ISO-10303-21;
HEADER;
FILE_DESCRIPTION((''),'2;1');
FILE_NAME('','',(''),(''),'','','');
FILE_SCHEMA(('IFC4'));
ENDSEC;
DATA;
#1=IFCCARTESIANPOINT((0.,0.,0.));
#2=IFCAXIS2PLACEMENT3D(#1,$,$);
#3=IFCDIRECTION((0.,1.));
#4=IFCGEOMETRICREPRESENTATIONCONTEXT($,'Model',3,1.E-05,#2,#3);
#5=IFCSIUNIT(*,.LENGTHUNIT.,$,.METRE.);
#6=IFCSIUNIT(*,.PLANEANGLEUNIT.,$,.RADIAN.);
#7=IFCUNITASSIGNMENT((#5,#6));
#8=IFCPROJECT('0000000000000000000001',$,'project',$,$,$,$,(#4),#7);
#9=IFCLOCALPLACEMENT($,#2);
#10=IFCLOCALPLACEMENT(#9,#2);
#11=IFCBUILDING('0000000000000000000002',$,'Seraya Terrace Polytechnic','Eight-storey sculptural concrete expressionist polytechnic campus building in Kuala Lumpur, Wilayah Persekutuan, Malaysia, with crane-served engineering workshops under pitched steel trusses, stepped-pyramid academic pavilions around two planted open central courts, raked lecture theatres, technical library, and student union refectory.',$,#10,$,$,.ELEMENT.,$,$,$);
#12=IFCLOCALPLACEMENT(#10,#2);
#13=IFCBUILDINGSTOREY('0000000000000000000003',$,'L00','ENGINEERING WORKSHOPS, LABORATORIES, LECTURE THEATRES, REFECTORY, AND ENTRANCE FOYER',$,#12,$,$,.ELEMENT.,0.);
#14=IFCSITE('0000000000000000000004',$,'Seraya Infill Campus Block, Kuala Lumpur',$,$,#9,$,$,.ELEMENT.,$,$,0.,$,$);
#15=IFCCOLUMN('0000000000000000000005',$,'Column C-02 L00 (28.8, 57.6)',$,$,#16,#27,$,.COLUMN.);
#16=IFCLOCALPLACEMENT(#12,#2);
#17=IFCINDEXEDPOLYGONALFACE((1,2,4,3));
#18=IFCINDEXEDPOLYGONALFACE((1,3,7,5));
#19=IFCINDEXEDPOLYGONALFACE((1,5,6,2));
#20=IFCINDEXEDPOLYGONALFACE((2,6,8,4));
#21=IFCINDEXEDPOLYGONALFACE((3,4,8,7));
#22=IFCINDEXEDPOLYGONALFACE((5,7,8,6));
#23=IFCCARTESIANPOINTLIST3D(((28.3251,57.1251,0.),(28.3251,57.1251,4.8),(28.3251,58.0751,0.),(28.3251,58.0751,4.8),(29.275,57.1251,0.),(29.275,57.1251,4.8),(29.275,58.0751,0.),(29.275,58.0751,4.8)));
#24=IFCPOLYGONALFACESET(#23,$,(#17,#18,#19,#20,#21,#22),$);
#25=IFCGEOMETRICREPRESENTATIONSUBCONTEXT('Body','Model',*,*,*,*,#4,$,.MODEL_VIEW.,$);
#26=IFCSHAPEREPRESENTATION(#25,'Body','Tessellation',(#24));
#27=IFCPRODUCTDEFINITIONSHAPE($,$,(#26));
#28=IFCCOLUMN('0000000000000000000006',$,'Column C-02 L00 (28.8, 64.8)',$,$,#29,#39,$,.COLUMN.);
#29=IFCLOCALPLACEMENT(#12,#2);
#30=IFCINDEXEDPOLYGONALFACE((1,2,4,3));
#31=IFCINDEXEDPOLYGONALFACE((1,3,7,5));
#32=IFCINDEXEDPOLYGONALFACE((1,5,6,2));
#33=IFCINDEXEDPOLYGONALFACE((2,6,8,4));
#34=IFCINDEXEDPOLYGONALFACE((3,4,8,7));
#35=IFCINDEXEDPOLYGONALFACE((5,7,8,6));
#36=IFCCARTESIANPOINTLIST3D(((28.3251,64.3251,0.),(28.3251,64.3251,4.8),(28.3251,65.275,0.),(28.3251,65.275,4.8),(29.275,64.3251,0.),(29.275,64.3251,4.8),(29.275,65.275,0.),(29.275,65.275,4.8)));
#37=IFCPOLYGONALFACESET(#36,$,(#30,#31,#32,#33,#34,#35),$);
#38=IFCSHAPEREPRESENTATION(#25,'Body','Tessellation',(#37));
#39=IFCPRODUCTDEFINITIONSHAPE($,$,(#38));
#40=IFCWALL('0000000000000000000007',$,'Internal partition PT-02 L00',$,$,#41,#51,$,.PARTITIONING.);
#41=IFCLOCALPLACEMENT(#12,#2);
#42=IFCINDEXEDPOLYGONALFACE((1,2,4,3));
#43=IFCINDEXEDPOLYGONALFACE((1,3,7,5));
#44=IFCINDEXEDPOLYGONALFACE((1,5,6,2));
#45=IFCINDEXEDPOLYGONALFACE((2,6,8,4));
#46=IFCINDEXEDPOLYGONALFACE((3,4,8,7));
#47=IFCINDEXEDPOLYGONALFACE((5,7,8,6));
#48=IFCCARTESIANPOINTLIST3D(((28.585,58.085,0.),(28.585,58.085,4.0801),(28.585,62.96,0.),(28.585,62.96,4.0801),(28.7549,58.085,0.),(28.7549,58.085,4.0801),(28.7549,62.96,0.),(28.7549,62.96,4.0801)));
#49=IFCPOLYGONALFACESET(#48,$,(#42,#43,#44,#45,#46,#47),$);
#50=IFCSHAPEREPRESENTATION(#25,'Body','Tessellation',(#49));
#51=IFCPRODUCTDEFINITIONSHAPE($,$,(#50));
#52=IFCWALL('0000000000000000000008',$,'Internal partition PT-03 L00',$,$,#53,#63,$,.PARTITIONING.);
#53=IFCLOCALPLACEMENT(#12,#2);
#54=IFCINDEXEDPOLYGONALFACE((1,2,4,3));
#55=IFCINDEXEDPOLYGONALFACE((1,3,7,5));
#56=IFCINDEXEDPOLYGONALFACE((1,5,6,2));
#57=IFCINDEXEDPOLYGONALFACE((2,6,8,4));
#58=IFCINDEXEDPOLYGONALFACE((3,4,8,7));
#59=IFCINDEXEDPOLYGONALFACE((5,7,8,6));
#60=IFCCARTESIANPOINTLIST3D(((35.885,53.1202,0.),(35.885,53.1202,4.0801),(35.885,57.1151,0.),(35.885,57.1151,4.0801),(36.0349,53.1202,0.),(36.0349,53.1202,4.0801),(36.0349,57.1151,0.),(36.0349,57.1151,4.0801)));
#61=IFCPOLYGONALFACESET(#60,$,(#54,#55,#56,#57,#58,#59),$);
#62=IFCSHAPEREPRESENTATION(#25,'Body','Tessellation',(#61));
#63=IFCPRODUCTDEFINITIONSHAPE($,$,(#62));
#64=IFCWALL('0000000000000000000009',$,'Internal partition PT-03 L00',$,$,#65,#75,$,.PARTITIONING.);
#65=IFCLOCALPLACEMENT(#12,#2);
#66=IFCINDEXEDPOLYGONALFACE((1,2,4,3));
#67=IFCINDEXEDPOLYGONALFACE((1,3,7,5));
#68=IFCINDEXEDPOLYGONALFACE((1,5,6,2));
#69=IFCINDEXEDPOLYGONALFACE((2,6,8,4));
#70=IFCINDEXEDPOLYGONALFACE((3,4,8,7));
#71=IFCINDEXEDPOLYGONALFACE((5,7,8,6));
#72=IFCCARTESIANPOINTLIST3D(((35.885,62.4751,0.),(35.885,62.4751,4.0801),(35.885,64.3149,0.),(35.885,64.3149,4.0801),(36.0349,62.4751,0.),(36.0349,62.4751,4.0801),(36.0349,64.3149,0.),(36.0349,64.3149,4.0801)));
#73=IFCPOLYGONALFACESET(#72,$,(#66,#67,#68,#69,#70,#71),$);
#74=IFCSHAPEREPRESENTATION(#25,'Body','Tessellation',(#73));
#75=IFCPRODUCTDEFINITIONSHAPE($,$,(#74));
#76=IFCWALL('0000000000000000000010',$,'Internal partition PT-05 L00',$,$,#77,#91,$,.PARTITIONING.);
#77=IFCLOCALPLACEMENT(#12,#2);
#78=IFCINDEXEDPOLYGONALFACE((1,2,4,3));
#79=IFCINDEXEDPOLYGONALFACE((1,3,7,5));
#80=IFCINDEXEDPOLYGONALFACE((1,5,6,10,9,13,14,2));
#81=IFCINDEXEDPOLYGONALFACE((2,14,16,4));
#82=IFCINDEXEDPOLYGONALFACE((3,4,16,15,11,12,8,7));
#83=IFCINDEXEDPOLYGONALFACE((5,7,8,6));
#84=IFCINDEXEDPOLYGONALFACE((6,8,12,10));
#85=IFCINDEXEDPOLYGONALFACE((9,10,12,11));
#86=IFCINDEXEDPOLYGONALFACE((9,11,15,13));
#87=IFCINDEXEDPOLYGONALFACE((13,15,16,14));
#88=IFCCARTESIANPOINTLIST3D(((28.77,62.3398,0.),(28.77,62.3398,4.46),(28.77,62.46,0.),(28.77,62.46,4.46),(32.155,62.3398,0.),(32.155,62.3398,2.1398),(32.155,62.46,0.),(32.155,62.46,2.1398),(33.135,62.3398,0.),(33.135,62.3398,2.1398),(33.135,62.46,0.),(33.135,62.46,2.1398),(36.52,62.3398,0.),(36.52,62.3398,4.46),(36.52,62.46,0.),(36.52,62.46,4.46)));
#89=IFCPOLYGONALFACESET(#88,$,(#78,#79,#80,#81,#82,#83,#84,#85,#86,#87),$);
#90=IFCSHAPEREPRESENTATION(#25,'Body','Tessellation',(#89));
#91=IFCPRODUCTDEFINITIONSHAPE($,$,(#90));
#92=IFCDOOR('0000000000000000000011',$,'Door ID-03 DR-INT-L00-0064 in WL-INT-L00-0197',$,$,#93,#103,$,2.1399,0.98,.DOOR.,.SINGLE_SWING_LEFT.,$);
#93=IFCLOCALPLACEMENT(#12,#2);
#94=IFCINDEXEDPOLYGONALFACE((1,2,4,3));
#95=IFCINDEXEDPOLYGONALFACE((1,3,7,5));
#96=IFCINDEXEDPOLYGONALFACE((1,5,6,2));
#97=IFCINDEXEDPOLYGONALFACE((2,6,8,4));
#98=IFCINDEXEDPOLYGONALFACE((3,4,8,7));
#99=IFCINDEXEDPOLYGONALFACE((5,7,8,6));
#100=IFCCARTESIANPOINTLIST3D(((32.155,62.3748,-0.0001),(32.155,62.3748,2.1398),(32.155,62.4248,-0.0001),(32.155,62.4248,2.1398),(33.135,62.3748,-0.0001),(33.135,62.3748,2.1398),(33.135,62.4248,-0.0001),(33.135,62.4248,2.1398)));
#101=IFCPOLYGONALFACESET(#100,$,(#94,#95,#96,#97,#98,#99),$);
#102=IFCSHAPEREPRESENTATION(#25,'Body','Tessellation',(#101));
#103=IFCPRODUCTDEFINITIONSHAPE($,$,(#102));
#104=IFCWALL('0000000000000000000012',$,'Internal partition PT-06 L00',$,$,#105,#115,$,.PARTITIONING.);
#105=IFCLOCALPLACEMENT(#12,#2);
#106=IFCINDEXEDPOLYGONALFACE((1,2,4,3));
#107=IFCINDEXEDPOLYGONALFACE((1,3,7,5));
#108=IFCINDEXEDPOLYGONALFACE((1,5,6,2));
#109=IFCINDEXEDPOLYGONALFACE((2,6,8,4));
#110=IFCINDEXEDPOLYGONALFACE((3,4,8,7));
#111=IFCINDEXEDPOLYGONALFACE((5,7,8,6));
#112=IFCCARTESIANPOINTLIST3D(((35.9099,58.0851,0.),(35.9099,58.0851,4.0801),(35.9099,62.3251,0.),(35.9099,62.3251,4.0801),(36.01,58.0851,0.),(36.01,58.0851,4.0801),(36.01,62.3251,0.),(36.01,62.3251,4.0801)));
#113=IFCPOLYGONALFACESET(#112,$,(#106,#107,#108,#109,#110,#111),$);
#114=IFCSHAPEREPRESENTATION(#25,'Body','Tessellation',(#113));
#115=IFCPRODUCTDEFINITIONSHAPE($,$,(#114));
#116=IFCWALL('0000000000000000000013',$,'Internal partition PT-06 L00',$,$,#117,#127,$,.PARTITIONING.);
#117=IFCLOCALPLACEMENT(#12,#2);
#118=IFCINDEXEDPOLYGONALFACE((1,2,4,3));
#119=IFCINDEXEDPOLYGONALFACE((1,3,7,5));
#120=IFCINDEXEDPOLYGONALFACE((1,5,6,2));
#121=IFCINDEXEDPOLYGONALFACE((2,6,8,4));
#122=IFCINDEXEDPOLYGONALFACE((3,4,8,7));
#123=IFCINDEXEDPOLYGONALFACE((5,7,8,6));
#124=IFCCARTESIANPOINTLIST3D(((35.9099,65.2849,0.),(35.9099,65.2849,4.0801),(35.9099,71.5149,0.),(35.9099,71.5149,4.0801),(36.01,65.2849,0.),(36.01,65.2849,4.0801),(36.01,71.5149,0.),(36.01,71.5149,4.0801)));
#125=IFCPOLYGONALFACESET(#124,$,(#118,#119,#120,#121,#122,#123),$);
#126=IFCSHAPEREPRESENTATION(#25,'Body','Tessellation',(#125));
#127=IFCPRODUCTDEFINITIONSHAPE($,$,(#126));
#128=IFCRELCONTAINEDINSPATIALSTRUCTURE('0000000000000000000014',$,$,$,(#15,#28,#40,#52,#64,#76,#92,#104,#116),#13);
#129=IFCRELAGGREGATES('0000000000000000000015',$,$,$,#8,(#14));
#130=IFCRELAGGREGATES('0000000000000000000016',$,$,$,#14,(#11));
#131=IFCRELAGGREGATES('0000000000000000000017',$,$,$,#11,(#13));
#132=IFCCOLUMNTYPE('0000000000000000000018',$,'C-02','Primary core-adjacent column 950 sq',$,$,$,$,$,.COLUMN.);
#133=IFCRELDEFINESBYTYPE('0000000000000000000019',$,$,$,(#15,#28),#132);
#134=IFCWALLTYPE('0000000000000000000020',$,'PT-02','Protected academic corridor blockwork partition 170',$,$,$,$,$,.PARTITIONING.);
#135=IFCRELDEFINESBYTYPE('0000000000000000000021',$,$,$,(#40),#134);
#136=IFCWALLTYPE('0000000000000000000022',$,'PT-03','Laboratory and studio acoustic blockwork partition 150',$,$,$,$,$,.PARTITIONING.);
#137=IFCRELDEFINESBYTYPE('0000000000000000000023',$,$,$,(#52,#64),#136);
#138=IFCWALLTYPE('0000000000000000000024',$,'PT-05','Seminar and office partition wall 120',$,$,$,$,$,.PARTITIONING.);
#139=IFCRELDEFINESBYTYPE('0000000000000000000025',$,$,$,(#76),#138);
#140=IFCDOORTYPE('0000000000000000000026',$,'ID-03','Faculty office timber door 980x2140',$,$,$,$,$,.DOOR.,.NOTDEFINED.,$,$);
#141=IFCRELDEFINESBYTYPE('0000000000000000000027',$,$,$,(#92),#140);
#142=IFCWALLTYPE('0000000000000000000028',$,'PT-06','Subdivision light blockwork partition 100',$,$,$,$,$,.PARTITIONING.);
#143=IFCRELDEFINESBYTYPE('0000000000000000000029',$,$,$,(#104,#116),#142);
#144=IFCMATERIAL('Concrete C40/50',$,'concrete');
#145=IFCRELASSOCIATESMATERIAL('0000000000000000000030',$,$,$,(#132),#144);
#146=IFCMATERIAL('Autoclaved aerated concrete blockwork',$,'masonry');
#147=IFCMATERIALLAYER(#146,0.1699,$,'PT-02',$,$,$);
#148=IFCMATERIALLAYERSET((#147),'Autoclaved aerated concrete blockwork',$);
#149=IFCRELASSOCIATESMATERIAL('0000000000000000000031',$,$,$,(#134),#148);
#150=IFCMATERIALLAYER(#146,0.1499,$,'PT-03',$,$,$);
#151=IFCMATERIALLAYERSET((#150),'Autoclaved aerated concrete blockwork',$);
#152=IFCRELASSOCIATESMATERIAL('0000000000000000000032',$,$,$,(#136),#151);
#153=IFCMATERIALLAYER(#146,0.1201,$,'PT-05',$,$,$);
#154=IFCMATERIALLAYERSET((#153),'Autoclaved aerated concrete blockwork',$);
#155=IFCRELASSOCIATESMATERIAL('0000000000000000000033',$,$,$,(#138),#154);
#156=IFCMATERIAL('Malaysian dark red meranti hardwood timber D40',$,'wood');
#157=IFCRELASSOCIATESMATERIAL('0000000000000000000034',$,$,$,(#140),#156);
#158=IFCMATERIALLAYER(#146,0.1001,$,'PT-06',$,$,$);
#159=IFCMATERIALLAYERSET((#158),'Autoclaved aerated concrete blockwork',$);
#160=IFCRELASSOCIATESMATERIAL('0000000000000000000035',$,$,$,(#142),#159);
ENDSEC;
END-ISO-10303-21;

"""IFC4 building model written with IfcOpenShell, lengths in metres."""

from ifc_helpers import new_model, si_unit, direction, frame, frame_2d, origin, origin_2d, place, context, subcontext, project, spatial, rectangle, extrude, material, layer, layer_set, material_profile, profile_set, type_object, element, fill, save


model = new_model("IFC4")

# Units and contexts
model_context = context("Model", 3, precision=1e-05, world=origin(), true_north=direction((0.0, 1.0)))
body_context = subcontext(model_context, "Body", "Model", "MODEL_VIEW")
ifc_project = project(units=[si_unit("LENGTHUNIT", "METRE"), si_unit("PLANEANGLEUNIT", "RADIAN")], contexts=[model_context])

# Site, building, storey
site_placement = place(None, origin())
site = spatial("IfcSite", under=ifc_project, at=site_placement, Name="Seraya Infill Campus Block, Kuala Lumpur", CompositionType="ELEMENT", RefElevation=0.0)
building_placement = place(site_placement, origin())
building = spatial("IfcBuilding", under=site, at=building_placement, Name="Seraya Terrace Polytechnic", Description="Eight-storey sculptural concrete expressionist polytechnic campus building in Kuala Lumpur, Wilayah Persekutuan, Malaysia, with crane-served engineering workshops under pitched steel trusses, stepped-pyramid academic pavilions around two planted open central courts, raked lecture theatres, technical library, and student union refectory.", CompositionType="ELEMENT")
storey_placement = place(building_placement, origin())
storey = spatial("IfcBuildingStorey", under=building, at=storey_placement, Name="L00", Description="ENGINEERING WORKSHOPS, LABORATORIES, LECTURE THEATRES, REFECTORY, AND ENTRANCE FOYER", CompositionType="ELEMENT", Elevation=0.0)

# Shared definitions
ifc_material_1 = material(Name="Concrete C40/50", Category="concrete")

# Columns
ifc_material_profile_1 = material_profile(ifc_material_1, rectangle(XDim=0.95, YDim=0.95, at=origin_2d()), Name="RC 950x950")
ifc_profile_set_1 = profile_set([ifc_material_profile_1], Name="Concrete C40/50")
column_type = type_object("IfcColumnType", Name="C-02", Description="Primary core-adjacent column 950 sq", PredefinedType="COLUMN", material=ifc_profile_set_1)
for number, where, z_axis, x_axis, name in (
    (1, (28.8, 57.6001, 0.0), (0.0, 0.0, 1.0), (1.0, 0.0, 0.0), "Column C-02 L00 (28.8, 57.6)"),
    (2, (28.8, 64.8, 0.0), (0.0, 0.0, 1.0), (1.0, 0.0, 0.0), "Column C-02 L00 (28.8, 64.8)"),
):
    element("IfcColumn", number, at=place(storey_placement, frame(where, z_axis=z_axis, x_axis=x_axis)), inside=storey, type_object=column_type, Name=name, PredefinedType="COLUMN", context=body_context, shape_type="SweptSolid", body=[
        extrude(rectangle(XDim=0.95, YDim=0.95, at=origin_2d()), origin(), (0.0, 0.0, 1.0), 4.8),
    ])

# Walls
ifc_material_2 = material(Name="Autoclaved aerated concrete blockwork", Category="masonry")
ifc_layer_1 = layer(ifc_material_2, 0.1699, Name="PT-02")
ifc_layer_set_1 = layer_set([ifc_layer_1], Name="Autoclaved aerated concrete blockwork")
wall_type_1 = type_object("IfcWallType", Name="PT-02", Description="Protected academic corridor blockwork partition 170", PredefinedType="PARTITIONING", material=ifc_layer_set_1)
wall_1_placement = place(storey_placement, frame((28.6699, 58.085, 0.0), z_axis=(0.0, 0.0, 1.0), x_axis=(0.0, 1.0, 0.0)))
element("IfcWall", 3, at=wall_1_placement, inside=storey, type_object=wall_type_1, Name="Internal partition PT-02 L00", PredefinedType="PARTITIONING", context=body_context, shape_type="SweptSolid", body=[
    extrude(rectangle(XDim=4.875, YDim=0.1699, at=frame_2d((2.4375, 0.0))), origin(), (0.0, 0.0, 1.0), 4.0801),
])
ifc_layer_2 = layer(ifc_material_2, 0.1499, Name="PT-03")
ifc_layer_set_2 = layer_set([ifc_layer_2], Name="Autoclaved aerated concrete blockwork")
wall_type_2 = type_object("IfcWallType", Name="PT-03", Description="Laboratory and studio acoustic blockwork partition 150", PredefinedType="PARTITIONING", material=ifc_layer_set_2)
wall_2_placement = place(storey_placement, frame((35.96, 53.1201, 0.0), z_axis=(0.0, 0.0, 1.0), x_axis=(0.0, 1.0, 0.0)))
element("IfcWall", 4, at=wall_2_placement, inside=storey, type_object=wall_type_2, Name="Internal partition PT-03 L00", PredefinedType="PARTITIONING", context=body_context, shape_type="SweptSolid", body=[
    extrude(rectangle(XDim=3.9949, YDim=0.1499, at=frame_2d((1.9976, 0.0))), origin(), (0.0, 0.0, 1.0), 4.0801),
])
wall_3_placement = place(storey_placement, frame((35.96, 62.4751, 0.0), z_axis=(0.0, 0.0, 1.0), x_axis=(0.0, 1.0, 0.0)))
element("IfcWall", 5, at=wall_3_placement, inside=storey, type_object=wall_type_2, Name="Internal partition PT-03 L00", PredefinedType="PARTITIONING", context=body_context, shape_type="SweptSolid", body=[
    extrude(rectangle(XDim=1.8398, YDim=0.1499, at=frame_2d((0.9199, 0.0))), origin(), (0.0, 0.0, 1.0), 4.0801),
])

# Wall, opening, door
ifc_layer_3 = layer(ifc_material_2, 0.1201, Name="PT-05")
ifc_layer_set_3 = layer_set([ifc_layer_3], Name="Autoclaved aerated concrete blockwork")
wall_type_3 = type_object("IfcWallType", Name="PT-05", Description="Seminar and office partition wall 120", PredefinedType="PARTITIONING", material=ifc_layer_set_3)
wall_4_placement = place(storey_placement, frame((28.77, 62.3999, 0.0), z_axis=(0.0, 0.0, 1.0), x_axis=(1.0, 0.0, 0.0)))
wall_4 = element("IfcWall", 6, at=wall_4_placement, inside=storey, type_object=wall_type_3, Name="Internal partition PT-05 L00", PredefinedType="PARTITIONING", context=body_context, shape_type="SweptSolid", body=[
    extrude(rectangle(XDim=7.75, YDim=0.1201, at=frame_2d((3.875, 0.0))), origin(), (0.0, 0.0, 1.0), 4.46),
])
opening_placement = place(wall_4_placement, frame((3.385, 0.0, 0.0)))
opening = element("IfcOpeningElement", 7, at=opening_placement, cuts=wall_4, PredefinedType="OPENING", context=body_context, shape_type="SweptSolid", body=[
    extrude(rectangle(XDim=0.98, YDim=2.1399, at=frame_2d((0.49, 1.0698))), frame((0.0, 0.072, 0.0), z_axis=(0.0, -1.0, 0.0), x_axis=(1.0, 0.0, 0.0)), (0.0, 0.0, 1.0), 0.144),
])
ifc_material_3 = material(Name="Malaysian dark red meranti hardwood timber D40", Category="wood")
door_type = type_object("IfcDoorType", Name="ID-03", Description="Faculty office timber door 980x2140", OperationType="NOTDEFINED", PredefinedType="DOOR", material=ifc_material_3)
door_placement = place(opening_placement, origin())
door = element("IfcDoor", 8, at=door_placement, inside=storey, type_object=door_type, Name="Door ID-03 DR-INT-L00-0064 in WL-INT-L00-0197", OperationType="SINGLE_SWING_LEFT", OverallHeight=2.1399, OverallWidth=0.98, PredefinedType="DOOR", context=body_context, shape_type="SweptSolid", body=[
    extrude(rectangle(XDim=0.98, YDim=2.1399, at=frame_2d((0.49, 1.0698))), frame((0.0, 0.0249, 0.0), z_axis=(0.0, -1.0, 0.0), x_axis=(1.0, 0.0, 0.0)), (0.0, 0.0, 1.0), 0.05),
])
fill(opening, door)

# Walls
ifc_layer_4 = layer(ifc_material_2, 0.1001, Name="PT-06")
ifc_layer_set_4 = layer_set([ifc_layer_4], Name="Autoclaved aerated concrete blockwork")
wall_type_4 = type_object("IfcWallType", Name="PT-06", Description="Subdivision light blockwork partition 100", PredefinedType="PARTITIONING", material=ifc_layer_set_4)
wall_5_placement = place(storey_placement, frame((35.96, 58.085, 0.0), z_axis=(0.0, 0.0, 1.0), x_axis=(0.0, 1.0, 0.0)))
element("IfcWall", 9, at=wall_5_placement, inside=storey, type_object=wall_type_4, Name="Internal partition PT-06 L00", PredefinedType="PARTITIONING", context=body_context, shape_type="SweptSolid", body=[
    extrude(rectangle(XDim=4.24, YDim=0.1001, at=frame_2d((2.1201, 0.0))), origin(), (0.0, 0.0, 1.0), 4.0801),
])
wall_6_placement = place(storey_placement, frame((35.96, 65.2849, 0.0), z_axis=(0.0, 0.0, 1.0), x_axis=(0.0, 1.0, 0.0)))
element("IfcWall", 10, at=wall_6_placement, inside=storey, type_object=wall_type_4, Name="Internal partition PT-06 L00", PredefinedType="PARTITIONING", context=body_context, shape_type="SweptSolid", body=[
    extrude(rectangle(XDim=6.23, YDim=0.1001, at=frame_2d((3.115, 0.0))), origin(), (0.0, 0.0, 1.0), 4.0801),
])

save(model, "model.ifc")
